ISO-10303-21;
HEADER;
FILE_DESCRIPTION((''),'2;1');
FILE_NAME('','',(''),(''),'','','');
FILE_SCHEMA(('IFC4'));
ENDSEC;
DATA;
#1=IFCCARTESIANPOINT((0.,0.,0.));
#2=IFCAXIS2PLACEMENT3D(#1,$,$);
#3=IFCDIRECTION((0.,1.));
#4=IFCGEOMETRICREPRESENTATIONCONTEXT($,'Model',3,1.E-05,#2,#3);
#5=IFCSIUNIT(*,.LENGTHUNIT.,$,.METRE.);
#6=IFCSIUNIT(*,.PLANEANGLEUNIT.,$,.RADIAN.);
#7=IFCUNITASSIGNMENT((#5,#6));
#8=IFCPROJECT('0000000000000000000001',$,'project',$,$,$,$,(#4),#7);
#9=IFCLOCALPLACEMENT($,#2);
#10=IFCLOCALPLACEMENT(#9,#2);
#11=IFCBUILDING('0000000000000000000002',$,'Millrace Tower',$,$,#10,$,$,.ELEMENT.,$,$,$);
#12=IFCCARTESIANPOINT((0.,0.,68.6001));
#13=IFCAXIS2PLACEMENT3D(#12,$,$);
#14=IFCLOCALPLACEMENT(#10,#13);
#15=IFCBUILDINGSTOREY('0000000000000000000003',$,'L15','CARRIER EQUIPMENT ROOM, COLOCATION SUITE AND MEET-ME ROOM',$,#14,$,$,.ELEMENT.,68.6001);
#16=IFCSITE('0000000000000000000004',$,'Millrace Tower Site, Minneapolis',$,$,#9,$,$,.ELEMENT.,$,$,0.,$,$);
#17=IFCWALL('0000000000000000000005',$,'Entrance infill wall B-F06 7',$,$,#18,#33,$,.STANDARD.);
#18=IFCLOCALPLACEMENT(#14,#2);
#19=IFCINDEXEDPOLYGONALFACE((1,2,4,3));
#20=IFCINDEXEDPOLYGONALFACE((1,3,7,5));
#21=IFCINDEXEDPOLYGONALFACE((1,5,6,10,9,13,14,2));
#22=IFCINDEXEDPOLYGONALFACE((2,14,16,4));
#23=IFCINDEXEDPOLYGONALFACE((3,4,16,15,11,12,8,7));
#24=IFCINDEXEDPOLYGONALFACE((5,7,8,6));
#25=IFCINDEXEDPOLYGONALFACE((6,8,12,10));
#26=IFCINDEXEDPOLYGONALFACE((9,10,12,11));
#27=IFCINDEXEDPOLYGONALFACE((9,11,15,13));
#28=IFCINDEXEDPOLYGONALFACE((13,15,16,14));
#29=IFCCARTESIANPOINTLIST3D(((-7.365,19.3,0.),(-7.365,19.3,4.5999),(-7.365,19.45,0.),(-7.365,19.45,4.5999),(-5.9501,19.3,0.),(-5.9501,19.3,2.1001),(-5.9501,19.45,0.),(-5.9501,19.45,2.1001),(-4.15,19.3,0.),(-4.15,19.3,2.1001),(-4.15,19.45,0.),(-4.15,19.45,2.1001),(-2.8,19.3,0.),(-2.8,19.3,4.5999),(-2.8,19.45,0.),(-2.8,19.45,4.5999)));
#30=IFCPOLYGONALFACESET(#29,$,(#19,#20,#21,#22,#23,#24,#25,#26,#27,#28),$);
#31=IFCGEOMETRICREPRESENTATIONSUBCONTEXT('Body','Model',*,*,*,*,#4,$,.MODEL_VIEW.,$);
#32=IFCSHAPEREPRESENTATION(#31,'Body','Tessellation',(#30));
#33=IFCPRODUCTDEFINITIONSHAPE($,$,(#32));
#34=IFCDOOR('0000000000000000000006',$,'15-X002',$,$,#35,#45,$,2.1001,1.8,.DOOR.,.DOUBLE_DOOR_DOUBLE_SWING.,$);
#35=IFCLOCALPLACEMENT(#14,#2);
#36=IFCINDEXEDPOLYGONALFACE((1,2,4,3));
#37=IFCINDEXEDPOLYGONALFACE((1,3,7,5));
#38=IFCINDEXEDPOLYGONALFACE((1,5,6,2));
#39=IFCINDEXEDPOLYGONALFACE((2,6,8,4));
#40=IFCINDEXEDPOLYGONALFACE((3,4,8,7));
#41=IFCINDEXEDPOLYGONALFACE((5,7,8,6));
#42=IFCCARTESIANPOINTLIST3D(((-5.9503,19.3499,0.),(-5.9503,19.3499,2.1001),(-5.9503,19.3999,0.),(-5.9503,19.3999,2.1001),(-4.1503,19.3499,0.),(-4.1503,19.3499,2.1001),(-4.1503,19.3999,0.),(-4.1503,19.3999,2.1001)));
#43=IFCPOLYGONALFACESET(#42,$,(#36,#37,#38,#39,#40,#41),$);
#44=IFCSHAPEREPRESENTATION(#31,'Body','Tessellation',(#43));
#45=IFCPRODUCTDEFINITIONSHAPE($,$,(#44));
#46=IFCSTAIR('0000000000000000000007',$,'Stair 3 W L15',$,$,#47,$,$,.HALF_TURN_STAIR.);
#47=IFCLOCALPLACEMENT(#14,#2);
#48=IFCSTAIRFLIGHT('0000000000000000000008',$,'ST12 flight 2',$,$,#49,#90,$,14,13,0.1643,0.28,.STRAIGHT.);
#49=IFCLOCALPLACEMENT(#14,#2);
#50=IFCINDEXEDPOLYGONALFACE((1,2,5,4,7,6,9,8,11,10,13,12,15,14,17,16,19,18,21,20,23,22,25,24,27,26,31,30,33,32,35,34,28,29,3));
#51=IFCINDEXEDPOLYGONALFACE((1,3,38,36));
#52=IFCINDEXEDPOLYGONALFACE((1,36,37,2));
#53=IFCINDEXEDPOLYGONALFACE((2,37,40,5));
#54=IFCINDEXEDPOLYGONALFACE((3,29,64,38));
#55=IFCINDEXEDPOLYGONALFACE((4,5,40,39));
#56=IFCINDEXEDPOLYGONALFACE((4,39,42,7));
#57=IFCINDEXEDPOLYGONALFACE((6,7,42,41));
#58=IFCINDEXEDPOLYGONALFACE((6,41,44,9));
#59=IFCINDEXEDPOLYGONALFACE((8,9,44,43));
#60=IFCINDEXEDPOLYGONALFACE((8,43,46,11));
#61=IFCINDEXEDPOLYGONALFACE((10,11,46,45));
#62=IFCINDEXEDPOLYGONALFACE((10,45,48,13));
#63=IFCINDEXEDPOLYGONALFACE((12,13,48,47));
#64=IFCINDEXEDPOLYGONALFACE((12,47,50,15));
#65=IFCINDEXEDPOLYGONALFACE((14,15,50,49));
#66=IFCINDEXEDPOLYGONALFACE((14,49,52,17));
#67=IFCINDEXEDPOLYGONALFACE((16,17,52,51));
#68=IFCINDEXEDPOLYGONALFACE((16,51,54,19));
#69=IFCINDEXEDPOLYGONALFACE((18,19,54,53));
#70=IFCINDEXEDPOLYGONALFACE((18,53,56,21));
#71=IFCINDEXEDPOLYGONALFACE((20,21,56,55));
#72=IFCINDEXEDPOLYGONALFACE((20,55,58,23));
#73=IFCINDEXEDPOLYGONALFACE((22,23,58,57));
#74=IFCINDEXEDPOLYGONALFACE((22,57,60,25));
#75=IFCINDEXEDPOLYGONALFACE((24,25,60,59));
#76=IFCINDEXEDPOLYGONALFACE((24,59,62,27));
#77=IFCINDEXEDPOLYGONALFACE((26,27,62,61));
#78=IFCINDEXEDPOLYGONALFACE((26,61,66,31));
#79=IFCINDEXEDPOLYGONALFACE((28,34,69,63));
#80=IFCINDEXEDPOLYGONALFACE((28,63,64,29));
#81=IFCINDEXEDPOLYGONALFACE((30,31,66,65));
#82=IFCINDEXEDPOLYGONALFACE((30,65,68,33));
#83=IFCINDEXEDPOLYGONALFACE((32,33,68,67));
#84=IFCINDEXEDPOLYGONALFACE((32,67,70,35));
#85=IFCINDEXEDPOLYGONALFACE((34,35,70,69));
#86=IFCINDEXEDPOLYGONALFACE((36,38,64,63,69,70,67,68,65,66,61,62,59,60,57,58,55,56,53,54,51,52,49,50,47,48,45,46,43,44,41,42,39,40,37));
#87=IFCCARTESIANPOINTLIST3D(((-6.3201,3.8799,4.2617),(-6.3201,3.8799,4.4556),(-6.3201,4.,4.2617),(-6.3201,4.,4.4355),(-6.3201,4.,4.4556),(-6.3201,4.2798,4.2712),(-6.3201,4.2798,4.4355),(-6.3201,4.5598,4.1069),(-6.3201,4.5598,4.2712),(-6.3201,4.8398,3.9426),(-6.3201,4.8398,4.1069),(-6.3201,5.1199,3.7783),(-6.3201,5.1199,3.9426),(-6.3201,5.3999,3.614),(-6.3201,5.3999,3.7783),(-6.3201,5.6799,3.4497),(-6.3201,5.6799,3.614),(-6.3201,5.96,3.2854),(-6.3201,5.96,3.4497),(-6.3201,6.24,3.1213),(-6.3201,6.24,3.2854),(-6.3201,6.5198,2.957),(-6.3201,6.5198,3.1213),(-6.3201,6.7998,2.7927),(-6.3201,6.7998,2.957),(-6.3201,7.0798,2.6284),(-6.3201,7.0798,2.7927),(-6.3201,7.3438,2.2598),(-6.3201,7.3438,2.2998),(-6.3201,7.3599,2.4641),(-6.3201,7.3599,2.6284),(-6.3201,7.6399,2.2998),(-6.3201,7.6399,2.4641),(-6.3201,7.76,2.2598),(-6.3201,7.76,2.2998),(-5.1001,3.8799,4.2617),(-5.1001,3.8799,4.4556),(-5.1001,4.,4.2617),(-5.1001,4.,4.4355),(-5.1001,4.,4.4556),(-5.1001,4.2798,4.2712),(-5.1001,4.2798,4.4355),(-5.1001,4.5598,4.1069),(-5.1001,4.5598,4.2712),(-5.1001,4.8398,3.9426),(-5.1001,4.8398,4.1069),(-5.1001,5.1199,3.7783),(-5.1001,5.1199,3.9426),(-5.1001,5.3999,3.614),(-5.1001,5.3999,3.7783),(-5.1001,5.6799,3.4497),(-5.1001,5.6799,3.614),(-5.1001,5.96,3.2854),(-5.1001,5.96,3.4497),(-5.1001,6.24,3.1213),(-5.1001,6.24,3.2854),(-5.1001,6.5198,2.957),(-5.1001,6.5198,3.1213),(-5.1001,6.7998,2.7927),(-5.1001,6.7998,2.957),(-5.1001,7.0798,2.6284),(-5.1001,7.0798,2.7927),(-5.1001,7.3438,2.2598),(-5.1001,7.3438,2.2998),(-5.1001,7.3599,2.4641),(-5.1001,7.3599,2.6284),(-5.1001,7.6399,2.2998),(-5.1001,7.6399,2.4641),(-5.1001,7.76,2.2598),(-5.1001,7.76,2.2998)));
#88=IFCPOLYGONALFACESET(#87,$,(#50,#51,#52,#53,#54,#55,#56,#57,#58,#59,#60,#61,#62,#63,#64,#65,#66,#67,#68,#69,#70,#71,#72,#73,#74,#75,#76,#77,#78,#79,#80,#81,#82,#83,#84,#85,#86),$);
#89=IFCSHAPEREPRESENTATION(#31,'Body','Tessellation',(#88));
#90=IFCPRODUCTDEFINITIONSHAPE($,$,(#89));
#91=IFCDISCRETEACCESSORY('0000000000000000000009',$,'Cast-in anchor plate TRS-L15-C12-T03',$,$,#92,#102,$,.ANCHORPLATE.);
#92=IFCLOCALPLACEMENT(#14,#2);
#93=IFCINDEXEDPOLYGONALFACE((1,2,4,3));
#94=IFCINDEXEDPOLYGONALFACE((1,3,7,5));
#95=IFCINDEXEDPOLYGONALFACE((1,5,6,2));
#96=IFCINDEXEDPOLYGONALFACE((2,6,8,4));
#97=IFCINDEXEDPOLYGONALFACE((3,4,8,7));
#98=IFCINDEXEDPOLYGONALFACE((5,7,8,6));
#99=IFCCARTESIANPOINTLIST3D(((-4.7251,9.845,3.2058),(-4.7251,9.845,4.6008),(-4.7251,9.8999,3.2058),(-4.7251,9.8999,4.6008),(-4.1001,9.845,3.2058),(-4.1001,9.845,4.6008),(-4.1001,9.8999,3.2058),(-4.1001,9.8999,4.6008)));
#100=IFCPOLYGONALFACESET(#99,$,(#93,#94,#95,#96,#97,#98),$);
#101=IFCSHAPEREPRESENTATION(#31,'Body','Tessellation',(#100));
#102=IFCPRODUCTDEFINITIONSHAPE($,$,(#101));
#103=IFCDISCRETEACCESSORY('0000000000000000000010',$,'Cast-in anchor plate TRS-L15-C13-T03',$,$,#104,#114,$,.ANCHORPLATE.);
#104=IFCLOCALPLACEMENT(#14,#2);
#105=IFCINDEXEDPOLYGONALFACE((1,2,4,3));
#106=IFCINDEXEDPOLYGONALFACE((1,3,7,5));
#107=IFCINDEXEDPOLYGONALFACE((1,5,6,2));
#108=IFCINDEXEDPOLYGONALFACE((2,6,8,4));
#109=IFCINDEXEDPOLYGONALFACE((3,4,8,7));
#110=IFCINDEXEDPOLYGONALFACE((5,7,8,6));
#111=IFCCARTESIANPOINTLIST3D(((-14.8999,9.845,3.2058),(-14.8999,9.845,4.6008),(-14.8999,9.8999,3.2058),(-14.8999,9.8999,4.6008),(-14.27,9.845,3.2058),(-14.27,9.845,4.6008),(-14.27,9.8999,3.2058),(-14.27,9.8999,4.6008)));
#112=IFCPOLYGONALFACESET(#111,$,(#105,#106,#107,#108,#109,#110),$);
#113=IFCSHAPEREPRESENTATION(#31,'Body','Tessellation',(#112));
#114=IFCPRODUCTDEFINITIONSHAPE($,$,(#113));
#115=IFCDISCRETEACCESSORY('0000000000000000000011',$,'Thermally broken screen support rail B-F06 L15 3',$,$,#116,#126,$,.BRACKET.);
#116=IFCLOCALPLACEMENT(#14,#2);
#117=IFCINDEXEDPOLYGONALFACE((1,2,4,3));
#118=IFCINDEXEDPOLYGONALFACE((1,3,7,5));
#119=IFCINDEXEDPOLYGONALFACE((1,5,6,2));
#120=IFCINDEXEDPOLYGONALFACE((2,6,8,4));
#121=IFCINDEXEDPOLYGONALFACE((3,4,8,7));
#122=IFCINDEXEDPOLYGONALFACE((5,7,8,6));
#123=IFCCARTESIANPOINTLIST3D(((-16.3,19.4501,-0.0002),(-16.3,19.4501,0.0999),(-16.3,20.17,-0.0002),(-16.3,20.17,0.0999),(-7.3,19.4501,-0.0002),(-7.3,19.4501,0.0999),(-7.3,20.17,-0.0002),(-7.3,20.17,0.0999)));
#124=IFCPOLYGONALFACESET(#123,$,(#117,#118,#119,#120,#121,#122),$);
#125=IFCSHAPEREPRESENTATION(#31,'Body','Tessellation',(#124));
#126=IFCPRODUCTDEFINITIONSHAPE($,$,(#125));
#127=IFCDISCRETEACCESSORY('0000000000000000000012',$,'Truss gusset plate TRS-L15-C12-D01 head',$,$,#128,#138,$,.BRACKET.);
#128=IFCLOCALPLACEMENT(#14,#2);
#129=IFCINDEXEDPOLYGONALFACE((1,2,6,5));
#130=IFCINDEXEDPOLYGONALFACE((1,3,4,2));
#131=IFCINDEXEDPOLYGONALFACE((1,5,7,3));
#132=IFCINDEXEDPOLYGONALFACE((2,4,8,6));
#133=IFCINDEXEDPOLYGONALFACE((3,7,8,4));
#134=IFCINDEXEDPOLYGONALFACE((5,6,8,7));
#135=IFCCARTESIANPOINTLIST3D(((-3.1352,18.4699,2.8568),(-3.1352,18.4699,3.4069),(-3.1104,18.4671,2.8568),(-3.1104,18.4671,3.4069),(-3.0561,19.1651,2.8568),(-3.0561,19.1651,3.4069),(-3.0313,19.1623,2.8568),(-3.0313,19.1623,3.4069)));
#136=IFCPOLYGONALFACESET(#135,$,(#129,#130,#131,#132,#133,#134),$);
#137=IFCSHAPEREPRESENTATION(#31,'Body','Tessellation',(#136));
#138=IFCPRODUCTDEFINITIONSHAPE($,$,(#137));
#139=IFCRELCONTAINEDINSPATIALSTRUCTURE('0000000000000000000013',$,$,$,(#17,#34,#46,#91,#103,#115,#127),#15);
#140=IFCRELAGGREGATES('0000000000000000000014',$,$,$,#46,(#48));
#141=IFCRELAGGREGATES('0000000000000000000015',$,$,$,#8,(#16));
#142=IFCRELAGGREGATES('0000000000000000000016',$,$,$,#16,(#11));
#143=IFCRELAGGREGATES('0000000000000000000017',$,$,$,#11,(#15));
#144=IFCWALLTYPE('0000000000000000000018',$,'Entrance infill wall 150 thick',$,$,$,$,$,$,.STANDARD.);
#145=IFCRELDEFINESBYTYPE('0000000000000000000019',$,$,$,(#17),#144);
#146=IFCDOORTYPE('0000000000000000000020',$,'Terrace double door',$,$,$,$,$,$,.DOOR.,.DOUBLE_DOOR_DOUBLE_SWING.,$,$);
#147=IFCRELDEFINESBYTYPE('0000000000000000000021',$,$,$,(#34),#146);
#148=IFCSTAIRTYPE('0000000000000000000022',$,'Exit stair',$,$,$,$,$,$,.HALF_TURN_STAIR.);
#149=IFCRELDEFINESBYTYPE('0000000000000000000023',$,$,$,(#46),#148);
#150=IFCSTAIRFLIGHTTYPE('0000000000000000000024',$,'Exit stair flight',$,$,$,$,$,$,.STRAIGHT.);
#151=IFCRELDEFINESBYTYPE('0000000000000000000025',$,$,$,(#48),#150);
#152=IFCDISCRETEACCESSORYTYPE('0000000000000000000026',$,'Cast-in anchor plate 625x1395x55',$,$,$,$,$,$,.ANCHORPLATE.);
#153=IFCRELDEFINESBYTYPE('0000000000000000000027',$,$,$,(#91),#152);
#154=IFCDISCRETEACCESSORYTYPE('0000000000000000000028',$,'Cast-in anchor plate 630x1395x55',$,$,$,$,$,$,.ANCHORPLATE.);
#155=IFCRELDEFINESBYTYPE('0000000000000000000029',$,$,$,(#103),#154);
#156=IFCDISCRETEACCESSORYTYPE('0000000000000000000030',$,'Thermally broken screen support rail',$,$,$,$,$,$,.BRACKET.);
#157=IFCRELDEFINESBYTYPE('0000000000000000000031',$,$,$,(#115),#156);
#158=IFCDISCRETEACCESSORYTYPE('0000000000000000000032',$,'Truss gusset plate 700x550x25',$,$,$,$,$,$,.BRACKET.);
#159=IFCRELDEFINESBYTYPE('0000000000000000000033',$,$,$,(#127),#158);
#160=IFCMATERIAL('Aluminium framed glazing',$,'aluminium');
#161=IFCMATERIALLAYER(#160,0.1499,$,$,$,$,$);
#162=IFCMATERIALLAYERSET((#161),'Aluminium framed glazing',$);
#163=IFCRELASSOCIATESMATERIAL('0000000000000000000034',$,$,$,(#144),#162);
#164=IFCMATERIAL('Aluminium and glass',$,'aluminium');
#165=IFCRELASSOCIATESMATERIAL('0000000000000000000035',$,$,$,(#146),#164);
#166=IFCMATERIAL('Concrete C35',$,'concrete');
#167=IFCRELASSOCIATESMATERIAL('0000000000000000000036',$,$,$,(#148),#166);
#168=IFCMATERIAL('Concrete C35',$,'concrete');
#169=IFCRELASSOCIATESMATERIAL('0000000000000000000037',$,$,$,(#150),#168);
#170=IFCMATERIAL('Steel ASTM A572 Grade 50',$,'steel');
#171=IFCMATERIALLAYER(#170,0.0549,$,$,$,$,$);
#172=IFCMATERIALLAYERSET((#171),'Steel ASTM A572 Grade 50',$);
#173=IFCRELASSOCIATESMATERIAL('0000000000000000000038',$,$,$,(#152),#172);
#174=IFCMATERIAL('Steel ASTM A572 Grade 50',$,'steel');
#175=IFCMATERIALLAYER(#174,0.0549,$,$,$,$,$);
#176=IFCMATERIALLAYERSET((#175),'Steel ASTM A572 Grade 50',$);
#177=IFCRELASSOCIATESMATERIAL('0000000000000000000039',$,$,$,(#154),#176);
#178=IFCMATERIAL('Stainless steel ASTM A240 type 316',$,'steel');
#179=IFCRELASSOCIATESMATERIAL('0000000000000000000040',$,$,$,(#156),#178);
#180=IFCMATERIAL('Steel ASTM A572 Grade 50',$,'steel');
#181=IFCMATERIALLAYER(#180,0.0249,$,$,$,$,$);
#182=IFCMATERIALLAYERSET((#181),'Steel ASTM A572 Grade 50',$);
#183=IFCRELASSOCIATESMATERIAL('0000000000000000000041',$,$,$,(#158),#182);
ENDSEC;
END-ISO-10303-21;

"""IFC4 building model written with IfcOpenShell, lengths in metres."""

from ifc_helpers import new_model, si_unit, direction, frame, frame_2d, origin, origin_2d, place, context, subcontext, project, spatial, polyline, rectangle, outline, extrude, material, layer, layer_set, type_object, element, fill, aggregate, save


model = new_model("IFC4")

# Units and contexts
model_context = context("Model", 3, precision=1e-05, world=origin(), true_north=direction((0.0, 1.0)))
body_context = subcontext(model_context, "Body", "Model", "MODEL_VIEW")
ifc_project = project(units=[si_unit("LENGTHUNIT", "METRE"), si_unit("PLANEANGLEUNIT", "RADIAN")], contexts=[model_context])

# Site, building, storey
site_placement = place(None, origin())
site = spatial("IfcSite", under=ifc_project, at=site_placement, Name="Millrace Tower Site, Minneapolis", CompositionType="ELEMENT", RefElevation=0.0)
building_placement = place(site_placement, origin())
building = spatial("IfcBuilding", under=site, at=building_placement, Name="Millrace Tower", CompositionType="ELEMENT")
storey_placement = place(building_placement, frame((0.0, 0.0, 68.6001)))
storey = spatial("IfcBuildingStorey", under=building, at=storey_placement, Name="L15", Description="CARRIER EQUIPMENT ROOM, COLOCATION SUITE AND MEET-ME ROOM", CompositionType="ELEMENT", Elevation=68.6001)

# Shared definitions
placement = place(storey_placement, origin())

# Wall, opening, door
ifc_material_1 = material(Name="Aluminium framed glazing", Category="aluminium")
ifc_layer_1 = layer(ifc_material_1, 0.1499)
ifc_layer_set_1 = layer_set([ifc_layer_1], Name="Aluminium framed glazing")
wall_type_1 = type_object("IfcWallType", Name="Entrance infill wall 150 thick", PredefinedType="STANDARD", material=ifc_layer_set_1)
wall_1_placement = place(storey_placement, frame((-2.8, 19.375, 0.0), z_axis=(0.0, 0.0, 1.0), x_axis=(-1.0, 0.0, 0.0)))
wall_1 = element("IfcWall", 1, at=wall_1_placement, inside=storey, type_object=wall_type_1, Name="Entrance infill wall B-F06 7", PredefinedType="STANDARD", context=body_context, shape_type="SweptSolid", body=[
    extrude(rectangle(XDim=4.5649, YDim=0.1499, at=frame_2d((2.2825, 0.0))), origin(), (0.0, 0.0, 1.0), 4.5999),
])
opening_placement = place(wall_1_placement, frame((1.3501, 0.0, 0.0)))
opening = element("IfcOpeningElement", 2, at=opening_placement, cuts=wall_1, PredefinedType="OPENING", context=body_context, shape_type="SweptSolid", body=[
    extrude(rectangle(XDim=1.8, YDim=2.1001, at=frame_2d((0.8999, 1.05))), frame((0.0, 0.085, 0.0), z_axis=(0.0, -1.0, 0.0), x_axis=(1.0, 0.0, 0.0)), (0.0, 0.0, 1.0), 0.1699),
])
ifc_material_2 = material(Name="Aluminium and glass", Category="aluminium")
door_type = type_object("IfcDoorType", Name="Terrace double door", OperationType="DOUBLE_DOOR_DOUBLE_SWING", PredefinedType="DOOR", material=ifc_material_2)
door_placement = place(opening_placement, frame((1.8, 0.0, 0.0), z_axis=(0.0, 0.0, 1.0), x_axis=(-1.0, 0.0, 0.0)))
door = element("IfcDoor", 3, at=door_placement, inside=storey, type_object=door_type, Name="15-X002", OperationType="DOUBLE_DOOR_DOUBLE_SWING", OverallHeight=2.1001, OverallWidth=1.8, PredefinedType="DOOR", context=body_context, shape_type="SweptSolid", body=[
    extrude(rectangle(XDim=1.8, YDim=2.1001, at=frame_2d((0.8999, 1.05))), frame((0.0, 0.0249, 0.0), z_axis=(0.0, -1.0, 0.0), x_axis=(1.0, 0.0, 0.0)), (0.0, 0.0, 1.0), 0.05),
])
fill(opening, door)

# Stair, stair flight
ifc_material_3 = material(Name="Concrete C35", Category="concrete")
stair_type = type_object("IfcStairType", Name="Exit stair", PredefinedType="HALF_TURN_STAIR", material=ifc_material_3)
stair = element("IfcStair", 4, at=placement, inside=storey, type_object=stair_type, Name="Stair 3 W L15", PredefinedType="HALF_TURN_STAIR")
ifc_material_4 = material(Name="Concrete C35", Category="concrete")
stair_flight_type = type_object("IfcStairFlightType", Name="Exit stair flight", PredefinedType="STRAIGHT", material=ifc_material_4)
stair_flight_placement = place(storey_placement, frame((-5.71, 7.6399, 2.2998), z_axis=(0.0, 0.0, 1.0), x_axis=(0.0, -1.0, 0.0)))
stair_flight = element("IfcStairFlight", 5, at=stair_flight_placement, type_object=stair_flight_type, Name="ST12 flight 2", NumberOfRisers=14, NumberOfTreads=13, PredefinedType="STRAIGHT", RiserHeight=0.1643, TreadLength=0.28, context=body_context, shape_type="SweptSolid", body=[
    extrude(outline(polyline([(-0.1201, -0.04), (-0.1201, 0.0), (0.0, 0.0), (0.0, 0.1643), (0.28, 0.1643), (0.28, 0.3286), (0.5601, 0.3286), (0.5601, 0.4929), (0.8401, 0.4929), (0.8401, 0.6572), (1.1201, 0.6572), (1.1201, 0.8215), (1.3999, 0.8215), (1.3999, 0.9856), (1.6799, 0.9856), (1.6799, 1.1499), (1.96, 1.1499), (1.96, 1.3142), (2.24, 1.3142), (2.24, 1.4785), (2.52, 1.4785), (2.52, 1.6428), (2.8, 1.6428), (2.8, 1.8071), (3.0801, 1.8071), (3.0801, 1.9714), (3.3601, 1.9714), (3.3601, 2.1357), (3.6399, 2.1357), (3.6399, 2.1558), (3.76, 2.1558), (3.76, 1.9619), (3.6399, 1.9619), (0.2961, 0.0), (0.2961, -0.04), (-0.1201, -0.04)])), frame((0.0, 0.6099, 0.0), z_axis=(0.0, -1.0, 0.0), x_axis=(1.0, 0.0, 0.0)), (0.0, 0.0, 1.0), 1.22),
])
aggregate(stair, [stair_flight])

# Discrete accessories
ifc_material_5 = material(Name="Steel ASTM A572 Grade 50", Category="steel")
ifc_layer_2 = layer(ifc_material_5, 0.0549)
ifc_layer_set_2 = layer_set([ifc_layer_2], Name="Steel ASTM A572 Grade 50")
discrete_accessory_type_1 = type_object("IfcDiscreteAccessoryType", Name="Cast-in anchor plate 625x1395x55", PredefinedType="ANCHORPLATE", material=ifc_layer_set_2)
discrete_accessory_1_placement = place(storey_placement, frame((-4.4126, 9.845, 3.9033), z_axis=(0.0, 1.0, 0.0), x_axis=(-1.0, 0.0, 0.0)))
element("IfcDiscreteAccessory", 6, at=discrete_accessory_1_placement, inside=storey, type_object=discrete_accessory_type_1, Name="Cast-in anchor plate TRS-L15-C12-T03", PredefinedType="ANCHORPLATE", context=body_context, shape_type="SweptSolid", body=[
    extrude(rectangle(XDim=0.625, YDim=1.395, at=origin_2d()), origin(), (0.0, 0.0, 1.0), 0.0549),
])
ifc_material_6 = material(Name="Steel ASTM A572 Grade 50", Category="steel")
ifc_layer_3 = layer(ifc_material_6, 0.0549)
ifc_layer_set_3 = layer_set([ifc_layer_3], Name="Steel ASTM A572 Grade 50")
discrete_accessory_type_2 = type_object("IfcDiscreteAccessoryType", Name="Cast-in anchor plate 630x1395x55", PredefinedType="ANCHORPLATE", material=ifc_layer_set_3)
discrete_accessory_2_placement = place(storey_placement, frame((-14.585, 9.845, 3.9033), z_axis=(0.0, 1.0, 0.0), x_axis=(-1.0, 0.0, 0.0)))
element("IfcDiscreteAccessory", 7, at=discrete_accessory_2_placement, inside=storey, type_object=discrete_accessory_type_2, Name="Cast-in anchor plate TRS-L15-C13-T03", PredefinedType="ANCHORPLATE", context=body_context, shape_type="SweptSolid", body=[
    extrude(rectangle(XDim=0.6299, YDim=1.395, at=origin_2d()), origin(), (0.0, 0.0, 1.0), 0.0549),
])
ifc_material_7 = material(Name="Stainless steel ASTM A240 type 316", Category="steel")
discrete_accessory_type_3 = type_object("IfcDiscreteAccessoryType", Name="Thermally broken screen support rail", PredefinedType="BRACKET", material=ifc_material_7)
discrete_accessory_3_placement = place(storey_placement, frame((-11.8, 19.8101, -0.0002), z_axis=(0.0, 0.0, 1.0), x_axis=(-1.0, 0.0, 0.0)))
element("IfcDiscreteAccessory", 8, at=discrete_accessory_3_placement, inside=storey, type_object=discrete_accessory_type_3, Name="Thermally broken screen support rail B-F06 L15 3", PredefinedType="BRACKET", context=body_context, shape_type="SweptSolid", body=[
    extrude(rectangle(XDim=9.0, YDim=0.72, at=origin_2d()), origin(), (0.0, 0.0, 1.0), 0.1001),
])
ifc_material_8 = material(Name="Steel ASTM A572 Grade 50", Category="steel")
ifc_layer_4 = layer(ifc_material_8, 0.0249)
ifc_layer_set_4 = layer_set([ifc_layer_4], Name="Steel ASTM A572 Grade 50")
discrete_accessory_type_4 = type_object("IfcDiscreteAccessoryType", Name="Truss gusset plate 700x550x25", PredefinedType="BRACKET", material=ifc_layer_set_4)
discrete_accessory_4_placement = place(storey_placement, frame((-3.1228, 18.4685, 3.1318), z_axis=(0.113035, 0.993591, 0.0), x_axis=(-0.993591, 0.113035, 0.0)))
element("IfcDiscreteAccessory", 9, at=discrete_accessory_4_placement, inside=storey, type_object=discrete_accessory_type_4, Name="Truss gusset plate TRS-L15-C12-D01 head", PredefinedType="BRACKET", context=body_context, shape_type="SweptSolid", body=[
    extrude(rectangle(XDim=0.0249, YDim=0.55, at=origin_2d()), origin(), (0.0, 0.0, 1.0), 0.6997),
])

save(model, "model.ifc")
